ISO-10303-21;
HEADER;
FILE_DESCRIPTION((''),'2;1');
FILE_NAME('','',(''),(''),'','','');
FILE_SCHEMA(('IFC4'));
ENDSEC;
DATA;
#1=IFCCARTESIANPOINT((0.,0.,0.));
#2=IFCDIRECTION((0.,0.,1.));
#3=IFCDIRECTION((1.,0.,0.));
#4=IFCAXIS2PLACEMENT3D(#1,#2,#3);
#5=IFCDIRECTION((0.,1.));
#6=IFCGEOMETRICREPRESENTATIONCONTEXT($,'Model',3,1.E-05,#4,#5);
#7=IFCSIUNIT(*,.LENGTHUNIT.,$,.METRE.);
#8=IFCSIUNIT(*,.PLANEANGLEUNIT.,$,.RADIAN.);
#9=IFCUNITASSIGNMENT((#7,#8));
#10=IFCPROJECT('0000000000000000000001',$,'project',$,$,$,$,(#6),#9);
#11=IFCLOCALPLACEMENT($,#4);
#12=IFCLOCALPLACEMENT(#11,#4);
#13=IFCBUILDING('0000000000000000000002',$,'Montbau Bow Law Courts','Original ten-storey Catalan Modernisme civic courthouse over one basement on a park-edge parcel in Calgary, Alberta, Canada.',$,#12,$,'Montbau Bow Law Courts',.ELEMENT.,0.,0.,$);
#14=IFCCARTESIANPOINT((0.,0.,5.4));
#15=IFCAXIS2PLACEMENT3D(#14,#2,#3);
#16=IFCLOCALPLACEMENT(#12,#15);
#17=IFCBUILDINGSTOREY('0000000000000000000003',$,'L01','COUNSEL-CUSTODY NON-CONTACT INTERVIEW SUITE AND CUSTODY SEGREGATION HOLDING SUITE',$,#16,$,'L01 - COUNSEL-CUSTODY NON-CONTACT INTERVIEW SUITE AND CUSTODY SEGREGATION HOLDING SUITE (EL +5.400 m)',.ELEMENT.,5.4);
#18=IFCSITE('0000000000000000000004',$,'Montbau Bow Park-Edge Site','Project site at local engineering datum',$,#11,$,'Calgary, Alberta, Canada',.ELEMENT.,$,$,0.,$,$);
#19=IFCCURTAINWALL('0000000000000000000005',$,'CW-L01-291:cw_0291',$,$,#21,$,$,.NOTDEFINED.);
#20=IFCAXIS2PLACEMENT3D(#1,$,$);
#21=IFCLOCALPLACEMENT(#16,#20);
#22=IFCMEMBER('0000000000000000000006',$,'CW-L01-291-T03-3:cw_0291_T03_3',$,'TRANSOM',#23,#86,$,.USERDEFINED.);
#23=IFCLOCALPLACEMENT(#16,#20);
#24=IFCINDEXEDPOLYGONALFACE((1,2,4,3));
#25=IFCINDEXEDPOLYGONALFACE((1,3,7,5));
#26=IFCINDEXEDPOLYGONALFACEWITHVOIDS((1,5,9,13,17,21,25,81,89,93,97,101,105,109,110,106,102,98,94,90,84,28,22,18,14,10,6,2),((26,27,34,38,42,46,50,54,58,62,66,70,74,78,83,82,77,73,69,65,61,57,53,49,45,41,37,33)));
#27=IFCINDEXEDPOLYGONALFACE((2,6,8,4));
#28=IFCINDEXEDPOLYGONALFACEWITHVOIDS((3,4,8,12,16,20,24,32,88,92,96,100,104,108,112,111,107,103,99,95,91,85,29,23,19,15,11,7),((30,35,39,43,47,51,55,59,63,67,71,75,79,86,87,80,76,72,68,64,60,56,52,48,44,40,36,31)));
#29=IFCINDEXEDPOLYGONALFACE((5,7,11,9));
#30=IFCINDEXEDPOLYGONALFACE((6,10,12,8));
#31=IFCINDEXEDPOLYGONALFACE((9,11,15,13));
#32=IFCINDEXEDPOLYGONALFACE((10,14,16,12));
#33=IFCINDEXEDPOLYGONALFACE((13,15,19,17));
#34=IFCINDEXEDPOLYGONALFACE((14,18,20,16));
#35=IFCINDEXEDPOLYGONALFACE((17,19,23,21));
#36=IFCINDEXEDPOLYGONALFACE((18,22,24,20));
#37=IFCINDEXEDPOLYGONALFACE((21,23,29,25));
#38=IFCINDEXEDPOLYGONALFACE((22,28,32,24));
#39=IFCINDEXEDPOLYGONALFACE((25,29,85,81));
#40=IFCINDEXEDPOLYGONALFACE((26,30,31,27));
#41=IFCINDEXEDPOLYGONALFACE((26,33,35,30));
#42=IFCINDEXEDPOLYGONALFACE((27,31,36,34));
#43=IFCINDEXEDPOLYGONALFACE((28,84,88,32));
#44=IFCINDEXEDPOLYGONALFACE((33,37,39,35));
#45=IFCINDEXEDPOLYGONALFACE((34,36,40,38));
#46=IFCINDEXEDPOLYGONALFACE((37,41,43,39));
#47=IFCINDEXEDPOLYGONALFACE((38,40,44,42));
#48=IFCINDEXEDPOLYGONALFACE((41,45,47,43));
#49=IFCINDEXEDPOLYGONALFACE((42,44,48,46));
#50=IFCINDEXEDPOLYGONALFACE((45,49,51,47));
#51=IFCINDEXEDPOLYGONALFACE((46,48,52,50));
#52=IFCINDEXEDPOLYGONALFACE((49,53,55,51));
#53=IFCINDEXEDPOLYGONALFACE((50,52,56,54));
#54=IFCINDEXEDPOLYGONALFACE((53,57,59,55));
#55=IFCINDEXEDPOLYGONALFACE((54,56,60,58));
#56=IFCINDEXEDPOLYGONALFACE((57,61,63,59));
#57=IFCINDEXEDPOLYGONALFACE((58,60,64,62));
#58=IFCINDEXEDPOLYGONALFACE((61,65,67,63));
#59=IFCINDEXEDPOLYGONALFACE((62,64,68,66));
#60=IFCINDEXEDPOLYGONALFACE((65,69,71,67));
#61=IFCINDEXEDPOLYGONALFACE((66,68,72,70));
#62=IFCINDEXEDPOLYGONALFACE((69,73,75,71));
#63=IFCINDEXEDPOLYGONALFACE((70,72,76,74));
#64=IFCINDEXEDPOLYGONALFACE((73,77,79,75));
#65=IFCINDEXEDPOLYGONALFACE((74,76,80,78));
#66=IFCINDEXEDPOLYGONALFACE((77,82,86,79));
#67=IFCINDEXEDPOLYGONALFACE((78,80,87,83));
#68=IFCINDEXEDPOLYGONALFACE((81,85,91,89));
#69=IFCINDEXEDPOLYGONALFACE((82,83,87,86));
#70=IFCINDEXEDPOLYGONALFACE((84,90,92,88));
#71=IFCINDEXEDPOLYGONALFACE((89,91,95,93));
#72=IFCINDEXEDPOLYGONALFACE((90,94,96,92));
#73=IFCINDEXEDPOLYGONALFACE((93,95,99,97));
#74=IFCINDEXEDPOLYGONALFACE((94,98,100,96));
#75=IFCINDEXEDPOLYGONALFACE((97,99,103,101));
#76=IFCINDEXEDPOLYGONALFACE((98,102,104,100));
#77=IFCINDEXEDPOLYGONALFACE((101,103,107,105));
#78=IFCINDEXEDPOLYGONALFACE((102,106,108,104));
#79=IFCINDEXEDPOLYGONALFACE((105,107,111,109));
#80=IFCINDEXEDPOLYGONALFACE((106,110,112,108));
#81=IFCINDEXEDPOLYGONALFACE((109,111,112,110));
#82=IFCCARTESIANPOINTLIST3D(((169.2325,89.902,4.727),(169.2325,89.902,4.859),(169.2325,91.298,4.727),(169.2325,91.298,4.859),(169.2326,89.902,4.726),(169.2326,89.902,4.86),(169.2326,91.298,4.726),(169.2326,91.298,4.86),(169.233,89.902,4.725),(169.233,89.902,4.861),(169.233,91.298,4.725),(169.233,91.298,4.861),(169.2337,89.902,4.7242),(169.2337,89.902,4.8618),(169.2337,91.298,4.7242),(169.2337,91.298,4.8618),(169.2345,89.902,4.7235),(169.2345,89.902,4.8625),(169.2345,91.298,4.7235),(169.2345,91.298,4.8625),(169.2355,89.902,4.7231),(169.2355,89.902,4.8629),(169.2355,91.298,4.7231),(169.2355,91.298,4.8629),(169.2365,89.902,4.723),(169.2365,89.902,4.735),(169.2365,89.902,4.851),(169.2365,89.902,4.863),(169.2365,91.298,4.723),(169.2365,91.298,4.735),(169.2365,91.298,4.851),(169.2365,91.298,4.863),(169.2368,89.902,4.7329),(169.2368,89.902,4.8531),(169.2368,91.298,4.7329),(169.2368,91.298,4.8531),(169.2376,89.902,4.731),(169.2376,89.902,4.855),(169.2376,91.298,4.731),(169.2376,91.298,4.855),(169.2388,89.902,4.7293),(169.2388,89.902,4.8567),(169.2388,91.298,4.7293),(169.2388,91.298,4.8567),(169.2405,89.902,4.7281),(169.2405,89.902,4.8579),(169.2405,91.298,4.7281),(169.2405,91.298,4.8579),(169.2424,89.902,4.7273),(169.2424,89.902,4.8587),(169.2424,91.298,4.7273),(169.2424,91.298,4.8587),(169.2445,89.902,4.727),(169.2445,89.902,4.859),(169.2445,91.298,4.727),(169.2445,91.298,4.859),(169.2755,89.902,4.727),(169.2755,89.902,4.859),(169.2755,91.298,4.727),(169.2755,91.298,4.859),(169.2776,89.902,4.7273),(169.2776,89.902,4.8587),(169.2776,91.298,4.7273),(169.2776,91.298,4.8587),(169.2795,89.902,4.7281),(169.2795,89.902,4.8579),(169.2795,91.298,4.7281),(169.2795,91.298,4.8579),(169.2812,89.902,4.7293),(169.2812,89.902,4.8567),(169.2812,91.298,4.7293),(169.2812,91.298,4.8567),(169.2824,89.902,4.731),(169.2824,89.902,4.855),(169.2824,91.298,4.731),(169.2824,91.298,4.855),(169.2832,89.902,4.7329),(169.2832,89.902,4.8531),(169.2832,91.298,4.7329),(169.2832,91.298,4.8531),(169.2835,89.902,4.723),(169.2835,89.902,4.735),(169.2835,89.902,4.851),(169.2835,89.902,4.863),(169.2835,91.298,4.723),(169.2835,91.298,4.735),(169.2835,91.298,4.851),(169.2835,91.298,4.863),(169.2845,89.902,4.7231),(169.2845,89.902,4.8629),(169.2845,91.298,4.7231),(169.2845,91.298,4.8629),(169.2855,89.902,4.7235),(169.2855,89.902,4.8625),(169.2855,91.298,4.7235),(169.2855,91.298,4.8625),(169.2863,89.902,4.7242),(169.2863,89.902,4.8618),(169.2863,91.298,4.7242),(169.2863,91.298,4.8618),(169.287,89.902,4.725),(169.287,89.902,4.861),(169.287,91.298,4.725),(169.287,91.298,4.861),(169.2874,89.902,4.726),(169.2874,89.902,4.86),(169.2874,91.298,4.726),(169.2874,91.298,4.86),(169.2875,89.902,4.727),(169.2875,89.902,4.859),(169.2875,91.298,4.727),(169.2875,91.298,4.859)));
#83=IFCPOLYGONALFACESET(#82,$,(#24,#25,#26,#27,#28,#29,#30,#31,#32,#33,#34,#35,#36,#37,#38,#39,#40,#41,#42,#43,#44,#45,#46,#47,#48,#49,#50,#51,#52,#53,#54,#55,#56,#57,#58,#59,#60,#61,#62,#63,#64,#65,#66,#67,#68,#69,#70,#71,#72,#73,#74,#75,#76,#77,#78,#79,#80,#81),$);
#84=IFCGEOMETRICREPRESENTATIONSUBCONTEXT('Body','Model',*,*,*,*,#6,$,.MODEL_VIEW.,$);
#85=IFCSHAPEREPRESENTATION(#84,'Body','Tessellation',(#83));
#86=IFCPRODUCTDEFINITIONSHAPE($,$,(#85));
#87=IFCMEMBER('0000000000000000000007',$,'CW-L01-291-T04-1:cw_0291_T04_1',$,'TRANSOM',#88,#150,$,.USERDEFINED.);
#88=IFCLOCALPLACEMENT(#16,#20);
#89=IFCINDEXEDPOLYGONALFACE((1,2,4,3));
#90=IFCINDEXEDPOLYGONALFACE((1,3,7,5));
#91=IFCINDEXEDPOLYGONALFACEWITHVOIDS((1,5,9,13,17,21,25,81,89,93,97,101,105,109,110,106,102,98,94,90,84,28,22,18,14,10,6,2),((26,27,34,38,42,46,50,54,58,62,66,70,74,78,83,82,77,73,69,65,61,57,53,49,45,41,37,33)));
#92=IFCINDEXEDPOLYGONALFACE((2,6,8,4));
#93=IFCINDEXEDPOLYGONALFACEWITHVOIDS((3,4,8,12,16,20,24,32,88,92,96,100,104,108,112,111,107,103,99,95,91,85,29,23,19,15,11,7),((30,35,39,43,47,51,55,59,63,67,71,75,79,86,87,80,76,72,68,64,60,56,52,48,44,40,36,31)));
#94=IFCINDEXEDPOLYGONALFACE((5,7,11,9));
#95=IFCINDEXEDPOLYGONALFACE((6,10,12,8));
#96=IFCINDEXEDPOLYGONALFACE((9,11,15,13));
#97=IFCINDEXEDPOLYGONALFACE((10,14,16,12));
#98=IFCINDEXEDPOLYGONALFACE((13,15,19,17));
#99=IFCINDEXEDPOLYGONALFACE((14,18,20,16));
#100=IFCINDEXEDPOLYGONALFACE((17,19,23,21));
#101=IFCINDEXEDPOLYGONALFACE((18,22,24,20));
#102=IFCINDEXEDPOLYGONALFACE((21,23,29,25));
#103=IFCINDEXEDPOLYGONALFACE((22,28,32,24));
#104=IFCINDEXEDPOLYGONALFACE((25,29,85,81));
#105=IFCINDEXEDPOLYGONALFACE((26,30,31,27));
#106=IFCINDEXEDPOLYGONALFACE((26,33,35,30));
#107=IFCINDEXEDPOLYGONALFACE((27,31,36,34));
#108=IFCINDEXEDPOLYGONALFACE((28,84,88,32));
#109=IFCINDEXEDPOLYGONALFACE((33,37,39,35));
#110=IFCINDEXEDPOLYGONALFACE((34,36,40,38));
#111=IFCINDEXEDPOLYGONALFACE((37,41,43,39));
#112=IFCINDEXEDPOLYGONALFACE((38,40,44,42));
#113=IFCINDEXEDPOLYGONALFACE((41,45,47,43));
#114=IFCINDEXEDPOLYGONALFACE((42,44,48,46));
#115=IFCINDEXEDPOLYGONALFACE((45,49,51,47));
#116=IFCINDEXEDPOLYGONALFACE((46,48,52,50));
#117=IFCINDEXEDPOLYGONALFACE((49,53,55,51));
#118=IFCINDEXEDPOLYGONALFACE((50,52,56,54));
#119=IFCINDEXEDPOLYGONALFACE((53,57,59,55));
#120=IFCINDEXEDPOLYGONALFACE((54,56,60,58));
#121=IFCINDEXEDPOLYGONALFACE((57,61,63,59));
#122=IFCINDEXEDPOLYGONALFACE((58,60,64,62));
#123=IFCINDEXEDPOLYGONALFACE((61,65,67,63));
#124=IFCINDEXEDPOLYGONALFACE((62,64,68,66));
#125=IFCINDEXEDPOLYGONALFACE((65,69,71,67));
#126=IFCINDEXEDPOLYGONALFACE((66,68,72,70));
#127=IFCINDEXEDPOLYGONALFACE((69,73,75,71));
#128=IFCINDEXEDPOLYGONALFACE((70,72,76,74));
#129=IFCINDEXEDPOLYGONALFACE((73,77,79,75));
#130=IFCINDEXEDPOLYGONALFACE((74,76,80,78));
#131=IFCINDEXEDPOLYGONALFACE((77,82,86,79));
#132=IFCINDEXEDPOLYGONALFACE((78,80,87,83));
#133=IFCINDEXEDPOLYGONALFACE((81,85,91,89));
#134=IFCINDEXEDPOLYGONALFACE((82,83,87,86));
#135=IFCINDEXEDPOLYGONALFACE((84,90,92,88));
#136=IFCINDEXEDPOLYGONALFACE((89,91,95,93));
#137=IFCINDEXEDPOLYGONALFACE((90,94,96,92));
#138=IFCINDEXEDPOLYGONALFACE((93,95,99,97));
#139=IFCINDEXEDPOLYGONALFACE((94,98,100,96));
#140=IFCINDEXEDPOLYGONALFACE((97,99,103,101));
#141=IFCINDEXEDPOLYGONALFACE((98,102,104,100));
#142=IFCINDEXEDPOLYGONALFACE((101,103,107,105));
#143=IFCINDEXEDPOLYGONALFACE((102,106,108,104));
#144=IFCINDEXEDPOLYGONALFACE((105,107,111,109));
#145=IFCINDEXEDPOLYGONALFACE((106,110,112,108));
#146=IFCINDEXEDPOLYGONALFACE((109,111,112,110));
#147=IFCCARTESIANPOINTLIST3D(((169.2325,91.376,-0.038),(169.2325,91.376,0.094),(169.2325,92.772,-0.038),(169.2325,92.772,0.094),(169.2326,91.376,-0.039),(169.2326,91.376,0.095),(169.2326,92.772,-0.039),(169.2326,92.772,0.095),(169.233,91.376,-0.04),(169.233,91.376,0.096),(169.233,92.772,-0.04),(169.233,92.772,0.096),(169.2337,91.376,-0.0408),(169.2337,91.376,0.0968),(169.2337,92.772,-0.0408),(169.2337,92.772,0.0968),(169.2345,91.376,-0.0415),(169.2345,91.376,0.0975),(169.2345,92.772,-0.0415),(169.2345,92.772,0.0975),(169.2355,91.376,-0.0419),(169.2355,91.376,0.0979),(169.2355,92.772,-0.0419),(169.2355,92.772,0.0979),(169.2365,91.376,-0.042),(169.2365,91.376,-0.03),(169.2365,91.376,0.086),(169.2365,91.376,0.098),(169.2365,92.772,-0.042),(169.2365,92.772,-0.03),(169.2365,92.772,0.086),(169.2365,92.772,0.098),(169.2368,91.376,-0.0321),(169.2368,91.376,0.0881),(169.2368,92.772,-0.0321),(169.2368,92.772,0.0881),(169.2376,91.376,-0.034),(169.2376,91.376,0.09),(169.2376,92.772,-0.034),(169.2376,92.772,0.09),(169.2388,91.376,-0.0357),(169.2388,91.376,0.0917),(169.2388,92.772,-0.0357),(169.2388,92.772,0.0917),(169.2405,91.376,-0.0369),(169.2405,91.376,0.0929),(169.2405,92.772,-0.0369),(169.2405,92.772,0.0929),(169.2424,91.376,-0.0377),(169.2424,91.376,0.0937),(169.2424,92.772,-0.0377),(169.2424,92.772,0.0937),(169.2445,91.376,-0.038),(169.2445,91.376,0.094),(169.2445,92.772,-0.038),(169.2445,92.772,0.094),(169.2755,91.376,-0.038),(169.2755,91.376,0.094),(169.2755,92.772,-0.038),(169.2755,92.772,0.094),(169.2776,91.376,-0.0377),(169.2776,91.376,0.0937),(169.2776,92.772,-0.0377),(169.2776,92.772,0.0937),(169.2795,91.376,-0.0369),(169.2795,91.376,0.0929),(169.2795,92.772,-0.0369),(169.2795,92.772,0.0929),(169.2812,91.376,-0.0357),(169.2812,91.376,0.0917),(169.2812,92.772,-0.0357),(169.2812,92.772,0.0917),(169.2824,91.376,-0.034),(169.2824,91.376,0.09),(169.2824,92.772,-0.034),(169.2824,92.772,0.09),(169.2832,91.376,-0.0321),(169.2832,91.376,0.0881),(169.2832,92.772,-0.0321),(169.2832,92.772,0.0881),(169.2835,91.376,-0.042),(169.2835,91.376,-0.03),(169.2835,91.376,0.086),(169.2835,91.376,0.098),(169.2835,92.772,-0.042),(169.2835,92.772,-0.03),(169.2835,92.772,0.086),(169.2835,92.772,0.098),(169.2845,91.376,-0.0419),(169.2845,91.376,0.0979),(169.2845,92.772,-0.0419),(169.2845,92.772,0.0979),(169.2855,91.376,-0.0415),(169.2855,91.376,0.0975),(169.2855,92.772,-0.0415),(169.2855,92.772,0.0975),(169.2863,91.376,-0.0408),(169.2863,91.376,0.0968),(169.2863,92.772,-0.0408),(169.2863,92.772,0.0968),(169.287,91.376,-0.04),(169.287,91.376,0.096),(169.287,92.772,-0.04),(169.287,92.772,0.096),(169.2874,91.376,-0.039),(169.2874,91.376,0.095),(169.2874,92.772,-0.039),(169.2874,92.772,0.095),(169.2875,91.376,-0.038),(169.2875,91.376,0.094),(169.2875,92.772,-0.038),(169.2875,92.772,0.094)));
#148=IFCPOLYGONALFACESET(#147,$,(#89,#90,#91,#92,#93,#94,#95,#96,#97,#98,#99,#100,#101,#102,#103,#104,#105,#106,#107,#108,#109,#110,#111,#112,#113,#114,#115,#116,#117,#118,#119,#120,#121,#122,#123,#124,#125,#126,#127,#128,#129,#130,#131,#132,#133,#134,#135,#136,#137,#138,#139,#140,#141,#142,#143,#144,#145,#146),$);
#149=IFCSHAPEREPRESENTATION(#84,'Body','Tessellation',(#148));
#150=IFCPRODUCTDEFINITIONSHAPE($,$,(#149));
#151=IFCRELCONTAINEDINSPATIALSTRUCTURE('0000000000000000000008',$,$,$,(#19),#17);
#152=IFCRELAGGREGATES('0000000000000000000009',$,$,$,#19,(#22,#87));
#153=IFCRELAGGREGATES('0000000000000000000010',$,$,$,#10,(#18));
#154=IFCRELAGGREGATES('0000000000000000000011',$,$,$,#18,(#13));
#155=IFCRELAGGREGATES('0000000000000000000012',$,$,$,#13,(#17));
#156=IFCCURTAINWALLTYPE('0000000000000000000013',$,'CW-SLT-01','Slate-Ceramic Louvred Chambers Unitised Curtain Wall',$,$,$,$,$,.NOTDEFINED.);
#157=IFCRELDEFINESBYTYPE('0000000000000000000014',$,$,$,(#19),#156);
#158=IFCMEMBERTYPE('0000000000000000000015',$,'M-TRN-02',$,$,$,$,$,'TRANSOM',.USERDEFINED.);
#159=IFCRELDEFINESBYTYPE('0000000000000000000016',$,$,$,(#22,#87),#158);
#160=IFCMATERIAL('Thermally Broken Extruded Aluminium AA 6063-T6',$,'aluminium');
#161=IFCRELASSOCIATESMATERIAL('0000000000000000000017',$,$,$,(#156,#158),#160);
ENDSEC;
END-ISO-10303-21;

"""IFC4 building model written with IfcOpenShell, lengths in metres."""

from ifc_helpers import new_model, si_unit, direction, frame, origin_with_axes, origin_2d_with_axis, place, context, subcontext, project, spatial, hollow_rectangle, extrude, material, material_profile, profile_set, type_object, element, aggregate, save


model = new_model("IFC4")

# Units and contexts
model_context = context("Model", 3, precision=1e-05, world=origin_with_axes(), true_north=direction((0.0, 1.0)))
body_context = subcontext(model_context, "Body", "Model", "MODEL_VIEW")
ifc_project = project(units=[si_unit("LENGTHUNIT", "METRE"), si_unit("PLANEANGLEUNIT", "RADIAN")], contexts=[model_context])

# Site, building, storey
site_placement = place(None, origin_with_axes())
site = spatial("IfcSite", under=ifc_project, at=site_placement, Name="Montbau Bow Park-Edge Site", Description="Project site at local engineering datum", LongName="Calgary, Alberta, Canada", CompositionType="ELEMENT", RefElevation=0.0)
building_placement = place(site_placement, origin_with_axes())
building = spatial("IfcBuilding", under=site, at=building_placement, Name="Montbau Bow Law Courts", Description="Original ten-storey Catalan Modernisme civic courthouse over one basement on a park-edge parcel in Calgary, Alberta, Canada.", LongName="Montbau Bow Law Courts", CompositionType="ELEMENT", ElevationOfRefHeight=0.0, ElevationOfTerrain=0.0)
storey_placement = place(building_placement, frame((0.0, 0.0, 5.4), z_axis=(0.0, 0.0, 1.0), x_axis=(1.0, 0.0, 0.0)))
storey = spatial("IfcBuildingStorey", under=building, at=storey_placement, Name="L01", Description="COUNSEL-CUSTODY NON-CONTACT INTERVIEW SUITE AND CUSTODY SEGREGATION HOLDING SUITE", LongName="L01 - COUNSEL-CUSTODY NON-CONTACT INTERVIEW SUITE AND CUSTODY SEGREGATION HOLDING SUITE (EL +5.400 m)", CompositionType="ELEMENT", Elevation=5.4)

# Curtain wall
ifc_material_1 = material(Name="Thermally Broken Extruded Aluminium AA 6063-T6", Category="aluminium")
curtain_wall_type = type_object("IfcCurtainWallType", Name="CW-SLT-01", Description="Slate-Ceramic Louvred Chambers Unitised Curtain Wall", PredefinedType="NOTDEFINED", material=ifc_material_1)
curtain_wall_1_placement = place(None, frame((169.26, 86.915, 5.4), z_axis=(0.0, 0.0, 1.0), x_axis=(1.0, 0.0, 0.0)))
curtain_wall_1 = element("IfcCurtainWall", 1, at=curtain_wall_1_placement, inside=storey, type_object=curtain_wall_type, Name="CW-L01-291:cw_0291", PredefinedType="NOTDEFINED")

# Members
ifc_material_profile_1 = material_profile(ifc_material_1, hollow_rectangle(XDim=0.055, YDim=0.14, WallThickness=0.004, InnerFilletRadius=0.008, OuterFilletRadius=0.004, at=origin_2d_with_axis()), Name="CWT-140X55", Category="Main", Priority=0)
ifc_profile_set_1 = profile_set([ifc_material_profile_1], Name="Thermally Broken Extruded Aluminium AA 6063-T6")
member_type_1 = type_object("IfcMemberType", Name="M-TRN-02", ElementType="TRANSOM", PredefinedType="USERDEFINED", material=ifc_profile_set_1)
member_1_placement = place(None, frame((169.26, 89.902, 10.193), z_axis=(0.0, 1.0, 0.0), x_axis=(-1.0, 0.0, 0.0)))
member_1 = element("IfcMember", 2, at=member_1_placement, type_object=member_type_1, Name="CW-L01-291-T03-3:cw_0291_T03_3", ObjectType="TRANSOM", PredefinedType="USERDEFINED", context=body_context, shape_type="SweptSolid", body=[
    extrude(hollow_rectangle(XDim=0.055, YDim=0.14, WallThickness=0.004, InnerFilletRadius=0.008, OuterFilletRadius=0.004, at=origin_2d_with_axis()), origin_with_axes(), (0.0, 0.0, 1.0), 1.396),
])
member_2_placement = place(None, frame((169.26, 91.376, 5.428), z_axis=(0.0, 1.0, 0.0), x_axis=(-1.0, 0.0, 0.0)))
member_2 = element("IfcMember", 3, at=member_2_placement, type_object=member_type_1, Name="CW-L01-291-T04-1:cw_0291_T04_1", ObjectType="TRANSOM", PredefinedType="USERDEFINED", context=body_context, shape_type="SweptSolid", body=[
    extrude(hollow_rectangle(XDim=0.055, YDim=0.14, WallThickness=0.004, InnerFilletRadius=0.008, OuterFilletRadius=0.004, at=origin_2d_with_axis()), origin_with_axes(), (0.0, 0.0, 1.0), 1.396),
])

aggregate(curtain_wall_1, [member_1, member_2])

save(model, "model.ifc")
